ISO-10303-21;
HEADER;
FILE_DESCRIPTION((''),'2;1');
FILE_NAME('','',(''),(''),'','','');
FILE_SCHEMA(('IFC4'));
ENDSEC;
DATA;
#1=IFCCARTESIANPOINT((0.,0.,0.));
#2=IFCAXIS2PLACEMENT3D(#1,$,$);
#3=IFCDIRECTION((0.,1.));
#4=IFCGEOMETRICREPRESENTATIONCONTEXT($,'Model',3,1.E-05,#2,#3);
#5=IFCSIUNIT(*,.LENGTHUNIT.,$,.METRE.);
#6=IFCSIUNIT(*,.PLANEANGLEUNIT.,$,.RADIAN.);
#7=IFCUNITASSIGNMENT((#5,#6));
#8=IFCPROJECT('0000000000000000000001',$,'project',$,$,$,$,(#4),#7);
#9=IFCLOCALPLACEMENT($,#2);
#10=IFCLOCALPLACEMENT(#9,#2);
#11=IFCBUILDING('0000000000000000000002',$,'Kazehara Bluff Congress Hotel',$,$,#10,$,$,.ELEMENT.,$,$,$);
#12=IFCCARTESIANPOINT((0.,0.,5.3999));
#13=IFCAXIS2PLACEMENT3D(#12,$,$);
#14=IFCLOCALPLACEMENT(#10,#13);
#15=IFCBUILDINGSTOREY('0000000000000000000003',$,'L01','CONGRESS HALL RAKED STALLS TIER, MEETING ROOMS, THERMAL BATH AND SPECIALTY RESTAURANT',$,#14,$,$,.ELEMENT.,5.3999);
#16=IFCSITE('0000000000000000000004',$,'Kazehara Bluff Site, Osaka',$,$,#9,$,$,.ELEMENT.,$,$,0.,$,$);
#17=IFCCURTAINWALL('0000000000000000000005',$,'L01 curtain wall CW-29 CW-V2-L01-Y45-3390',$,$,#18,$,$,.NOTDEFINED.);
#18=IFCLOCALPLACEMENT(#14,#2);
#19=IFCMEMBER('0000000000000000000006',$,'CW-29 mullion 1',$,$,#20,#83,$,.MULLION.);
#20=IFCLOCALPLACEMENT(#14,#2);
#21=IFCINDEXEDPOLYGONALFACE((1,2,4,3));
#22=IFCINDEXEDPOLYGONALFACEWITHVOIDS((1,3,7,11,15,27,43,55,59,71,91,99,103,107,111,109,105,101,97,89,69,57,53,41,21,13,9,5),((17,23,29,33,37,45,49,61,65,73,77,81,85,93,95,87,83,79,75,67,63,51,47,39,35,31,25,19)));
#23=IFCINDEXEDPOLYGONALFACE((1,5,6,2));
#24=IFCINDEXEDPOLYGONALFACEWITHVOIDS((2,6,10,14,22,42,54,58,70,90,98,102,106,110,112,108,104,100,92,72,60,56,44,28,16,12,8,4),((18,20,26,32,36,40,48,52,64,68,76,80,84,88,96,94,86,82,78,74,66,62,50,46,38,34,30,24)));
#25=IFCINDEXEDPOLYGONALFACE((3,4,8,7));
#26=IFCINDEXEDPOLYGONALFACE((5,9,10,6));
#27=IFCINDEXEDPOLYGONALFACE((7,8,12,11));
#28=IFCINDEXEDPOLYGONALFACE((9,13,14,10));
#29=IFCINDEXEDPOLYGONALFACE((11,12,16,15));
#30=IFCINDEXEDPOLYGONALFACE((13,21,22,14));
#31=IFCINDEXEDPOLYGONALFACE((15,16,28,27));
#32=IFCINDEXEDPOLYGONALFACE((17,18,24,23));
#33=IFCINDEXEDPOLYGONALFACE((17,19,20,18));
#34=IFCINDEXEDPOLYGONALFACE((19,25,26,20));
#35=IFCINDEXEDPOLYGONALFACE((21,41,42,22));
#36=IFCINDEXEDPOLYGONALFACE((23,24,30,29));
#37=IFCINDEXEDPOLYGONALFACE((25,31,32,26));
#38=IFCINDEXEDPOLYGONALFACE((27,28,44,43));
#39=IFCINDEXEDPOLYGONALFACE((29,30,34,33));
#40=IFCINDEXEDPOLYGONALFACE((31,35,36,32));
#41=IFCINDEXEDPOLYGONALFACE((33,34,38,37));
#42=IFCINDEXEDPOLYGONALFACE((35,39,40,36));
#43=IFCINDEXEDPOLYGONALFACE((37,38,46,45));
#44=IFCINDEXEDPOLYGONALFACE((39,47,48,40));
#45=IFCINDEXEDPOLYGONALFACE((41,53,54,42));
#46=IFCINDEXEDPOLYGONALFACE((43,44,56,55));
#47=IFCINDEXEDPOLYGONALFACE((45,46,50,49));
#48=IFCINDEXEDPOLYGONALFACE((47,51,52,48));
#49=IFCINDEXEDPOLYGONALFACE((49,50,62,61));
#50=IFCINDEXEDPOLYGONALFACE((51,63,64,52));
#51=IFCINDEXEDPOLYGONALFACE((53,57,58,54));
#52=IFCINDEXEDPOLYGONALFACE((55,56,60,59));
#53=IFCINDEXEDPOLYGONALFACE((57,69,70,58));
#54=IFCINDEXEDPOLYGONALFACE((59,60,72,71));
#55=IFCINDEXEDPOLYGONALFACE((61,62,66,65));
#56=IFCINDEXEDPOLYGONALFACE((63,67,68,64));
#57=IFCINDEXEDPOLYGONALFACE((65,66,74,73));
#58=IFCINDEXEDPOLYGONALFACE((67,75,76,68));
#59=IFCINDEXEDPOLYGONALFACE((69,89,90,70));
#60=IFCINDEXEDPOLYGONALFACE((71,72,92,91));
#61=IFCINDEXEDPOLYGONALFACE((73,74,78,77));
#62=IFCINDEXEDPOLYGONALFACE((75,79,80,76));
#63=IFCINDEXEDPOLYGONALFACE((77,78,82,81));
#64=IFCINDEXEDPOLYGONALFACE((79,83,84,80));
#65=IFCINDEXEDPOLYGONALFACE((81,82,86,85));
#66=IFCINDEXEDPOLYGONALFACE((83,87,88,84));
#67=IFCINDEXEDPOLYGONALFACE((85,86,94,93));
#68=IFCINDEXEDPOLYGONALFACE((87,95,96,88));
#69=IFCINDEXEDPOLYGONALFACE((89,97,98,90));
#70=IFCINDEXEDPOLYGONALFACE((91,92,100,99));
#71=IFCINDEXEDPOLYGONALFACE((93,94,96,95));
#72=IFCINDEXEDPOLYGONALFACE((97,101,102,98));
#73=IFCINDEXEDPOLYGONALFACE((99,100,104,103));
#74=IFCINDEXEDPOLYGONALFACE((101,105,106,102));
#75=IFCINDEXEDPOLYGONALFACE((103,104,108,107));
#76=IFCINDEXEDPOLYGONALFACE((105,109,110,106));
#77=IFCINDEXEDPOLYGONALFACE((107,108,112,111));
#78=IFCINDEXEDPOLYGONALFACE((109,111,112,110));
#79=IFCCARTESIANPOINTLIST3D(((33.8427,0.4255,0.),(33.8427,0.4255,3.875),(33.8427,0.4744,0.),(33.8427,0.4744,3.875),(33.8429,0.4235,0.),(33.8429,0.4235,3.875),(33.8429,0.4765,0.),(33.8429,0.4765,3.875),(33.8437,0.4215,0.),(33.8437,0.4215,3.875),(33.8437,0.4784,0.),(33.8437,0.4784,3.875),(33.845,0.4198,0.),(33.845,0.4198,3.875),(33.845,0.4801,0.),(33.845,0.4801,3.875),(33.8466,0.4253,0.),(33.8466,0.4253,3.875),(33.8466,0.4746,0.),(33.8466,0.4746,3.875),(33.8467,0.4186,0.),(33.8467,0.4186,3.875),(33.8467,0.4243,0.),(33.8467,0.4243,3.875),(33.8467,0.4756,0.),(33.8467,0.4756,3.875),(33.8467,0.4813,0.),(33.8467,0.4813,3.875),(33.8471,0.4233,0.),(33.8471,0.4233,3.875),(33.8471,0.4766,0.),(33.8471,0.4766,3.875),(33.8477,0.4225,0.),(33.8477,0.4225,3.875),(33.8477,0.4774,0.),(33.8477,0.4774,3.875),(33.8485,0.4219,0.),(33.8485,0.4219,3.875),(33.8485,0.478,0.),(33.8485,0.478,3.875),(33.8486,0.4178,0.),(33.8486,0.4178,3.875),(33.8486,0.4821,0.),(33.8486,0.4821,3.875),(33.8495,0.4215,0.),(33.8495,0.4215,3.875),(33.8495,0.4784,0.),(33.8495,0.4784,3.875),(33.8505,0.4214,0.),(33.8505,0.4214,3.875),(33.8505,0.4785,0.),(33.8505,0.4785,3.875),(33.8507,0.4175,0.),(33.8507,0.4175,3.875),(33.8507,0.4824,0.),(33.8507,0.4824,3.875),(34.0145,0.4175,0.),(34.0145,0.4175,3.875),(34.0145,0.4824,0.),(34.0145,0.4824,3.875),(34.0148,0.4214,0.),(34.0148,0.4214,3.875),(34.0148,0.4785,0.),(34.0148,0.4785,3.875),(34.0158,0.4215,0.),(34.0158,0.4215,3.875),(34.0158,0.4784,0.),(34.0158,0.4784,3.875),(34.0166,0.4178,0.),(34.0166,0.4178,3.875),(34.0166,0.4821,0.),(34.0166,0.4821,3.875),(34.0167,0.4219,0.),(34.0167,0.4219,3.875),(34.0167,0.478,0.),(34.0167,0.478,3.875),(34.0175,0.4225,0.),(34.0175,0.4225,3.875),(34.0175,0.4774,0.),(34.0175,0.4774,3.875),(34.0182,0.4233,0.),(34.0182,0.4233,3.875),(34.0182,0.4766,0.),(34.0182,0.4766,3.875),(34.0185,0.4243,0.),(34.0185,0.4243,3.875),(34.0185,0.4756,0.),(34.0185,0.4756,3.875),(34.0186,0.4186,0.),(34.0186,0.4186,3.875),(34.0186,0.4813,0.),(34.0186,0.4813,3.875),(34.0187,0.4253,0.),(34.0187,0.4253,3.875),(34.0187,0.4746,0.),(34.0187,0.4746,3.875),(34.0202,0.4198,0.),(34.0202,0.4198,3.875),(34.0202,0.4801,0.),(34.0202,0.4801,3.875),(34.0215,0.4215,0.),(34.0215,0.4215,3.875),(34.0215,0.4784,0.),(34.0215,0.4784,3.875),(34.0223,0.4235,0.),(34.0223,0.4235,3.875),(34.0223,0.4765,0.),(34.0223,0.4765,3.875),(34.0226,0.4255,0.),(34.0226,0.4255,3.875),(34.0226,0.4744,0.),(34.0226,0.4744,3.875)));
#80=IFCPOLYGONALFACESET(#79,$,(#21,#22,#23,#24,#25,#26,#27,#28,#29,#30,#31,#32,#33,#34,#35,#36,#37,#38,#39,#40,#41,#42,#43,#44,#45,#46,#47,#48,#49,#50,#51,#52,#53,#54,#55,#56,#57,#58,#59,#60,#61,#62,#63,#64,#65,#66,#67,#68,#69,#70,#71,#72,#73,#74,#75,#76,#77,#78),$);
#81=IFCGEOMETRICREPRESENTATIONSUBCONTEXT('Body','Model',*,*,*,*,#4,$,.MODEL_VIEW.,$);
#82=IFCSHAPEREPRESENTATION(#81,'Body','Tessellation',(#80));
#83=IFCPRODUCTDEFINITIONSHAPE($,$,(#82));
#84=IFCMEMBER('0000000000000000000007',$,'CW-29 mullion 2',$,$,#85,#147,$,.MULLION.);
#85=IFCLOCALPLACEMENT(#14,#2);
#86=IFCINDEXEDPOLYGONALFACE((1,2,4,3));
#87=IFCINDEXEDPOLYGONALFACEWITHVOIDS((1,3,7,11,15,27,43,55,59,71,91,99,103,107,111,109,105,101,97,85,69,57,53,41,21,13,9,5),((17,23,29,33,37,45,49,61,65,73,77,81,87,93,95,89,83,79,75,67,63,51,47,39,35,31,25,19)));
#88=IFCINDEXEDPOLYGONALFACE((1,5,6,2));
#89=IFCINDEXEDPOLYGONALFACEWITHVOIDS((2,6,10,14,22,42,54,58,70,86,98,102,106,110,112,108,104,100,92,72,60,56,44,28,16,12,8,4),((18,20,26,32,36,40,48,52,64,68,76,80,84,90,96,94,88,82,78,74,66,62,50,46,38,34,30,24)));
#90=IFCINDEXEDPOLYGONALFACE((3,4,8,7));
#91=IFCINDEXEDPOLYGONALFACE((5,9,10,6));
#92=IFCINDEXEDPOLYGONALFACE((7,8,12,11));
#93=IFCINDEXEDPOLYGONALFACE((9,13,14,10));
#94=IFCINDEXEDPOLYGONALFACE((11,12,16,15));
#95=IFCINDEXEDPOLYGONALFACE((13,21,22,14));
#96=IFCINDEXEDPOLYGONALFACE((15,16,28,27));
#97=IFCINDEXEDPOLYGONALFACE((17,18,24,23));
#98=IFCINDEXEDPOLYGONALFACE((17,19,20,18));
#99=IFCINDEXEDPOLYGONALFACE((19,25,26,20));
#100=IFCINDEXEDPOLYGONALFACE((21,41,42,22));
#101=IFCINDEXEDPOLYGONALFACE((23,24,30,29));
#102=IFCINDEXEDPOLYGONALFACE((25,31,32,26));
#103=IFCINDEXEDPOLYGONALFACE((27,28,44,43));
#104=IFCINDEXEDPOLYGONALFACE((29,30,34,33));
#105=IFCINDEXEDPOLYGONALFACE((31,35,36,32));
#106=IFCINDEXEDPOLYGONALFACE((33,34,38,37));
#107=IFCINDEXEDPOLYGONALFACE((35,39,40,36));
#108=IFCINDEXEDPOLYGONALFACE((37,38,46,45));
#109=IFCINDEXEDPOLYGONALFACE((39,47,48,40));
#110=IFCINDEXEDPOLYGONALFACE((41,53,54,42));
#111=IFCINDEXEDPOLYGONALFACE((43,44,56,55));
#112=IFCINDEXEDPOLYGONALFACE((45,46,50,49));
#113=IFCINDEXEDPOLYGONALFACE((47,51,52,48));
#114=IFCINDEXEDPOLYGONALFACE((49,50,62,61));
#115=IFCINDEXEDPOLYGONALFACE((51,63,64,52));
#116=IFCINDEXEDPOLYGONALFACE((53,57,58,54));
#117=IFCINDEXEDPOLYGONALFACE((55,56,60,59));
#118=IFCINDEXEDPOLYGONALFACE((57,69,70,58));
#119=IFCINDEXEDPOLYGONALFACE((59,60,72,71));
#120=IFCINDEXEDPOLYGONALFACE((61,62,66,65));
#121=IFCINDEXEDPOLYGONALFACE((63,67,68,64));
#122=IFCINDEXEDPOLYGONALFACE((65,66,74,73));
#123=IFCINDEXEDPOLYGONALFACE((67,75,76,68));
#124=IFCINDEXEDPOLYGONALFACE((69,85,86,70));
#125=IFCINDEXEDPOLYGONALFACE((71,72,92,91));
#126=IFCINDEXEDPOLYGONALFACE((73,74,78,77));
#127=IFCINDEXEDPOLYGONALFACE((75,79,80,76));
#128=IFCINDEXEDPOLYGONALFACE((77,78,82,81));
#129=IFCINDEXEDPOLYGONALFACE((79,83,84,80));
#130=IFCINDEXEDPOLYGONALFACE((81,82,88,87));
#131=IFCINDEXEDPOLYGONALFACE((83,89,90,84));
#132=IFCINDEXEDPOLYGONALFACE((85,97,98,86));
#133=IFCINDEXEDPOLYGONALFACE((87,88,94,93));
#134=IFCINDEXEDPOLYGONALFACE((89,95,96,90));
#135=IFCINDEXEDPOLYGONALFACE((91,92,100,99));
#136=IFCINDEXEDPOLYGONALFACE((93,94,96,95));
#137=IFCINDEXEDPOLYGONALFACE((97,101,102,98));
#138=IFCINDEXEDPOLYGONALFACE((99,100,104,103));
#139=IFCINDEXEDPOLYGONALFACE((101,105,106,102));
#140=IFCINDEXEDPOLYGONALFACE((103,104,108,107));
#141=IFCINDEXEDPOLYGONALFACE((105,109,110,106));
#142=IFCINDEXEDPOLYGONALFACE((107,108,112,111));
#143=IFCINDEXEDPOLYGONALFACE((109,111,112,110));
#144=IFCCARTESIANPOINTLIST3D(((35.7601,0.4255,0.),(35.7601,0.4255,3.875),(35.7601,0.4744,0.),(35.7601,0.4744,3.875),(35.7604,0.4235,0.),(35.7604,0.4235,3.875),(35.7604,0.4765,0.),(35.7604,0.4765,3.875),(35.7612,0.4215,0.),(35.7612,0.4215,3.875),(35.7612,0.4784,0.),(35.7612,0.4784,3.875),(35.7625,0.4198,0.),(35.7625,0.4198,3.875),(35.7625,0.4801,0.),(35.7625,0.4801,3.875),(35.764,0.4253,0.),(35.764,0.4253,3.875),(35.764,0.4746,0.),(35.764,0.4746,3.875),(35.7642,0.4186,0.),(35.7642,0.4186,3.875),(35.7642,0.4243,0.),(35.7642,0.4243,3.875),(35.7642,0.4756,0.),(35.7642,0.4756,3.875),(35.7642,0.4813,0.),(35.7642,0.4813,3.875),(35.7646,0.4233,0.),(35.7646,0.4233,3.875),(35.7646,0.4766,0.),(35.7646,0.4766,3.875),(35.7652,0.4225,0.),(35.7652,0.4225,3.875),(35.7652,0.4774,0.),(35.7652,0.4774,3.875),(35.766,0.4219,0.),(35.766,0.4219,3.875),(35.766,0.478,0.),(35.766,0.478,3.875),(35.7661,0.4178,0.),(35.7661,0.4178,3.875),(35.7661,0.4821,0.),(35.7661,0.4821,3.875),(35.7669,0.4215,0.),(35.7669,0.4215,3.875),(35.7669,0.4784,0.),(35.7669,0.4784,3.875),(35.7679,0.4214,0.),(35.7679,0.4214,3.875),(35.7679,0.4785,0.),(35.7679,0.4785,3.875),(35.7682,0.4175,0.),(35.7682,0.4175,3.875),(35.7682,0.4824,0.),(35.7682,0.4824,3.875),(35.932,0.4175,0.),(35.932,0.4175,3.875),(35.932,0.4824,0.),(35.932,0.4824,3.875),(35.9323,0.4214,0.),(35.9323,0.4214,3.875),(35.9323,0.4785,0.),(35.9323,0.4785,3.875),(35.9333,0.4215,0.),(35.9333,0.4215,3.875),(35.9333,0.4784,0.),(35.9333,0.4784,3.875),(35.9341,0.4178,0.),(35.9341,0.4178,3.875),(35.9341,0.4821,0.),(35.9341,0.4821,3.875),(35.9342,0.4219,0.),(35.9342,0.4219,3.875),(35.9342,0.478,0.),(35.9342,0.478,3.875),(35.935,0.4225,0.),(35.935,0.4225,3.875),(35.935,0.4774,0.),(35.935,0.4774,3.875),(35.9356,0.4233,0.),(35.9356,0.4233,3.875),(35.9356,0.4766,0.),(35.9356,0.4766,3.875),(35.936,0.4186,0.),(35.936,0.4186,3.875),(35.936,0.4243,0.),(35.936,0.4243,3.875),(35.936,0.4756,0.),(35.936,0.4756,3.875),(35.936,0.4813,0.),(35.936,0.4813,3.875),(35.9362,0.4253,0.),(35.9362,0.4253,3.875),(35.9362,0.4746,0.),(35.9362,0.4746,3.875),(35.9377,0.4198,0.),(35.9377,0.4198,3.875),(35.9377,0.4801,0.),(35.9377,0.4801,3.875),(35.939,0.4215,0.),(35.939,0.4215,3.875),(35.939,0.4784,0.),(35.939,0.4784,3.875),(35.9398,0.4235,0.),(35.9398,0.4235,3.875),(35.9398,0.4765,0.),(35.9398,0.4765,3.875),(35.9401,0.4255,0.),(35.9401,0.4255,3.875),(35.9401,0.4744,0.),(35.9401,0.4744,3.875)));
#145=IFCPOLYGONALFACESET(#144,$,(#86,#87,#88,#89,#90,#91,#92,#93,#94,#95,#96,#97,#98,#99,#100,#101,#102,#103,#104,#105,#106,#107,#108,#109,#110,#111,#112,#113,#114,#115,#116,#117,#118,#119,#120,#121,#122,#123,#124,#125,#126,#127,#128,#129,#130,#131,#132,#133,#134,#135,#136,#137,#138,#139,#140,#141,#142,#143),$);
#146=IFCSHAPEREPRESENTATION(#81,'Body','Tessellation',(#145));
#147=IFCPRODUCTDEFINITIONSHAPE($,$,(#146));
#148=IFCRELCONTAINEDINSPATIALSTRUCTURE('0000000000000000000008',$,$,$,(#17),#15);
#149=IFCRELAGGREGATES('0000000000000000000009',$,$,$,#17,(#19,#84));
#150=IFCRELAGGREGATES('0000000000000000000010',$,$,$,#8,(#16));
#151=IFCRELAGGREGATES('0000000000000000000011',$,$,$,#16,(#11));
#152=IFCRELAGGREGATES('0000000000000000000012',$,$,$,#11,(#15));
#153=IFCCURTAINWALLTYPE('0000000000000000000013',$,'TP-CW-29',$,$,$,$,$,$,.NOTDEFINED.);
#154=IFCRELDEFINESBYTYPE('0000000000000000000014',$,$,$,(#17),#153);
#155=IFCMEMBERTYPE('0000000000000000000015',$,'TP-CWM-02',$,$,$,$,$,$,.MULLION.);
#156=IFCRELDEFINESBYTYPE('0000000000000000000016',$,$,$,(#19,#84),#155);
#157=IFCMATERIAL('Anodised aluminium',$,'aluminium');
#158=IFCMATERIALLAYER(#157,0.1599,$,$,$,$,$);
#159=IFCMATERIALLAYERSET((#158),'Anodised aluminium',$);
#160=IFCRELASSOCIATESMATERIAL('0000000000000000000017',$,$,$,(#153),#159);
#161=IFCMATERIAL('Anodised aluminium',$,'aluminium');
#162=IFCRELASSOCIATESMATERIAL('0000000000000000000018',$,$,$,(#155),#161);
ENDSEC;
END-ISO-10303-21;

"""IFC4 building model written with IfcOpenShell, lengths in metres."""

from ifc_helpers import new_model, si_unit, direction, frame, origin, origin_2d, place, context, subcontext, project, spatial, hollow_rectangle, extrude, material, layer, layer_set, material_profile, profile_set, type_object, element, aggregate, save


model = new_model("IFC4")

# Units and contexts
model_context = context("Model", 3, precision=1e-05, world=origin(), true_north=direction((0.0, 1.0)))
body_context = subcontext(model_context, "Body", "Model", "MODEL_VIEW")
ifc_project = project(units=[si_unit("LENGTHUNIT", "METRE"), si_unit("PLANEANGLEUNIT", "RADIAN")], contexts=[model_context])

# Site, building, storey
site_placement = place(None, origin())
site = spatial("IfcSite", under=ifc_project, at=site_placement, Name="Kazehara Bluff Site, Osaka", CompositionType="ELEMENT", RefElevation=0.0)
building_placement = place(site_placement, origin())
building = spatial("IfcBuilding", under=site, at=building_placement, Name="Kazehara Bluff Congress Hotel", CompositionType="ELEMENT")
storey_placement = place(building_placement, frame((0.0, 0.0, 5.3999)))
storey = spatial("IfcBuildingStorey", under=building, at=storey_placement, Name="L01", Description="CONGRESS HALL RAKED STALLS TIER, MEETING ROOMS, THERMAL BATH AND SPECIALTY RESTAURANT", CompositionType="ELEMENT", Elevation=5.3999)

# Shared definitions
ifc_material_1 = material(Name="Anodised aluminium", Category="aluminium")
ifc_layer_1 = layer(ifc_material_1, 0.1599)
ifc_layer_set_1 = layer_set([ifc_layer_1], Name="Anodised aluminium")
curtain_wall_type = type_object("IfcCurtainWallType", Name="TP-CW-29", PredefinedType="NOTDEFINED", material=ifc_layer_set_1)
ifc_material_2 = material(Name="Anodised aluminium", Category="aluminium")
ifc_material_profile_1 = material_profile(ifc_material_2, hollow_rectangle(XDim=0.0649, YDim=0.1799, WallThickness=0.0039, InnerFilletRadius=0.0039, OuterFilletRadius=0.0081, at=origin_2d()))
ifc_profile_set_1 = profile_set([ifc_material_profile_1], Name="Anodised aluminium")
member_type_1 = type_object("IfcMemberType", Name="TP-CWM-02", PredefinedType="MULLION", material=ifc_profile_set_1)

# Curtain wall, members
curtain_wall_1_placement = place(storey_placement, origin())
curtain_wall_1 = element("IfcCurtainWall", 1, at=curtain_wall_1_placement, inside=storey, type_object=curtain_wall_type, Name="L01 curtain wall CW-29 CW-V2-L01-Y45-3390", PredefinedType="NOTDEFINED")
member_1_placement = place(storey_placement, frame((33.9326, 0.45, 0.0), z_axis=(0.0, 0.0, 1.0), x_axis=(0.0, 1.0, 0.0)))
member_1 = element("IfcMember", 2, at=member_1_placement, type_object=member_type_1, Name="CW-29 mullion 1", PredefinedType="MULLION", context=body_context, shape_type="SweptSolid", body=[
    extrude(hollow_rectangle(XDim=0.0649, YDim=0.1799, WallThickness=0.0039, InnerFilletRadius=0.0039, OuterFilletRadius=0.0081, at=origin_2d()), origin(), (0.0, 0.0, 1.0), 3.875),
])
member_2_placement = place(storey_placement, frame((35.8501, 0.45, 0.0), z_axis=(0.0, 0.0, 1.0), x_axis=(0.0, 1.0, 0.0)))
member_2 = element("IfcMember", 3, at=member_2_placement, type_object=member_type_1, Name="CW-29 mullion 2", PredefinedType="MULLION", context=body_context, shape_type="SweptSolid", body=[
    extrude(hollow_rectangle(XDim=0.0649, YDim=0.1799, WallThickness=0.0039, InnerFilletRadius=0.0039, OuterFilletRadius=0.0081, at=origin_2d()), origin(), (0.0, 0.0, 1.0), 3.875),
])

aggregate(curtain_wall_1, [member_1, member_2])

save(model, "model.ifc")
